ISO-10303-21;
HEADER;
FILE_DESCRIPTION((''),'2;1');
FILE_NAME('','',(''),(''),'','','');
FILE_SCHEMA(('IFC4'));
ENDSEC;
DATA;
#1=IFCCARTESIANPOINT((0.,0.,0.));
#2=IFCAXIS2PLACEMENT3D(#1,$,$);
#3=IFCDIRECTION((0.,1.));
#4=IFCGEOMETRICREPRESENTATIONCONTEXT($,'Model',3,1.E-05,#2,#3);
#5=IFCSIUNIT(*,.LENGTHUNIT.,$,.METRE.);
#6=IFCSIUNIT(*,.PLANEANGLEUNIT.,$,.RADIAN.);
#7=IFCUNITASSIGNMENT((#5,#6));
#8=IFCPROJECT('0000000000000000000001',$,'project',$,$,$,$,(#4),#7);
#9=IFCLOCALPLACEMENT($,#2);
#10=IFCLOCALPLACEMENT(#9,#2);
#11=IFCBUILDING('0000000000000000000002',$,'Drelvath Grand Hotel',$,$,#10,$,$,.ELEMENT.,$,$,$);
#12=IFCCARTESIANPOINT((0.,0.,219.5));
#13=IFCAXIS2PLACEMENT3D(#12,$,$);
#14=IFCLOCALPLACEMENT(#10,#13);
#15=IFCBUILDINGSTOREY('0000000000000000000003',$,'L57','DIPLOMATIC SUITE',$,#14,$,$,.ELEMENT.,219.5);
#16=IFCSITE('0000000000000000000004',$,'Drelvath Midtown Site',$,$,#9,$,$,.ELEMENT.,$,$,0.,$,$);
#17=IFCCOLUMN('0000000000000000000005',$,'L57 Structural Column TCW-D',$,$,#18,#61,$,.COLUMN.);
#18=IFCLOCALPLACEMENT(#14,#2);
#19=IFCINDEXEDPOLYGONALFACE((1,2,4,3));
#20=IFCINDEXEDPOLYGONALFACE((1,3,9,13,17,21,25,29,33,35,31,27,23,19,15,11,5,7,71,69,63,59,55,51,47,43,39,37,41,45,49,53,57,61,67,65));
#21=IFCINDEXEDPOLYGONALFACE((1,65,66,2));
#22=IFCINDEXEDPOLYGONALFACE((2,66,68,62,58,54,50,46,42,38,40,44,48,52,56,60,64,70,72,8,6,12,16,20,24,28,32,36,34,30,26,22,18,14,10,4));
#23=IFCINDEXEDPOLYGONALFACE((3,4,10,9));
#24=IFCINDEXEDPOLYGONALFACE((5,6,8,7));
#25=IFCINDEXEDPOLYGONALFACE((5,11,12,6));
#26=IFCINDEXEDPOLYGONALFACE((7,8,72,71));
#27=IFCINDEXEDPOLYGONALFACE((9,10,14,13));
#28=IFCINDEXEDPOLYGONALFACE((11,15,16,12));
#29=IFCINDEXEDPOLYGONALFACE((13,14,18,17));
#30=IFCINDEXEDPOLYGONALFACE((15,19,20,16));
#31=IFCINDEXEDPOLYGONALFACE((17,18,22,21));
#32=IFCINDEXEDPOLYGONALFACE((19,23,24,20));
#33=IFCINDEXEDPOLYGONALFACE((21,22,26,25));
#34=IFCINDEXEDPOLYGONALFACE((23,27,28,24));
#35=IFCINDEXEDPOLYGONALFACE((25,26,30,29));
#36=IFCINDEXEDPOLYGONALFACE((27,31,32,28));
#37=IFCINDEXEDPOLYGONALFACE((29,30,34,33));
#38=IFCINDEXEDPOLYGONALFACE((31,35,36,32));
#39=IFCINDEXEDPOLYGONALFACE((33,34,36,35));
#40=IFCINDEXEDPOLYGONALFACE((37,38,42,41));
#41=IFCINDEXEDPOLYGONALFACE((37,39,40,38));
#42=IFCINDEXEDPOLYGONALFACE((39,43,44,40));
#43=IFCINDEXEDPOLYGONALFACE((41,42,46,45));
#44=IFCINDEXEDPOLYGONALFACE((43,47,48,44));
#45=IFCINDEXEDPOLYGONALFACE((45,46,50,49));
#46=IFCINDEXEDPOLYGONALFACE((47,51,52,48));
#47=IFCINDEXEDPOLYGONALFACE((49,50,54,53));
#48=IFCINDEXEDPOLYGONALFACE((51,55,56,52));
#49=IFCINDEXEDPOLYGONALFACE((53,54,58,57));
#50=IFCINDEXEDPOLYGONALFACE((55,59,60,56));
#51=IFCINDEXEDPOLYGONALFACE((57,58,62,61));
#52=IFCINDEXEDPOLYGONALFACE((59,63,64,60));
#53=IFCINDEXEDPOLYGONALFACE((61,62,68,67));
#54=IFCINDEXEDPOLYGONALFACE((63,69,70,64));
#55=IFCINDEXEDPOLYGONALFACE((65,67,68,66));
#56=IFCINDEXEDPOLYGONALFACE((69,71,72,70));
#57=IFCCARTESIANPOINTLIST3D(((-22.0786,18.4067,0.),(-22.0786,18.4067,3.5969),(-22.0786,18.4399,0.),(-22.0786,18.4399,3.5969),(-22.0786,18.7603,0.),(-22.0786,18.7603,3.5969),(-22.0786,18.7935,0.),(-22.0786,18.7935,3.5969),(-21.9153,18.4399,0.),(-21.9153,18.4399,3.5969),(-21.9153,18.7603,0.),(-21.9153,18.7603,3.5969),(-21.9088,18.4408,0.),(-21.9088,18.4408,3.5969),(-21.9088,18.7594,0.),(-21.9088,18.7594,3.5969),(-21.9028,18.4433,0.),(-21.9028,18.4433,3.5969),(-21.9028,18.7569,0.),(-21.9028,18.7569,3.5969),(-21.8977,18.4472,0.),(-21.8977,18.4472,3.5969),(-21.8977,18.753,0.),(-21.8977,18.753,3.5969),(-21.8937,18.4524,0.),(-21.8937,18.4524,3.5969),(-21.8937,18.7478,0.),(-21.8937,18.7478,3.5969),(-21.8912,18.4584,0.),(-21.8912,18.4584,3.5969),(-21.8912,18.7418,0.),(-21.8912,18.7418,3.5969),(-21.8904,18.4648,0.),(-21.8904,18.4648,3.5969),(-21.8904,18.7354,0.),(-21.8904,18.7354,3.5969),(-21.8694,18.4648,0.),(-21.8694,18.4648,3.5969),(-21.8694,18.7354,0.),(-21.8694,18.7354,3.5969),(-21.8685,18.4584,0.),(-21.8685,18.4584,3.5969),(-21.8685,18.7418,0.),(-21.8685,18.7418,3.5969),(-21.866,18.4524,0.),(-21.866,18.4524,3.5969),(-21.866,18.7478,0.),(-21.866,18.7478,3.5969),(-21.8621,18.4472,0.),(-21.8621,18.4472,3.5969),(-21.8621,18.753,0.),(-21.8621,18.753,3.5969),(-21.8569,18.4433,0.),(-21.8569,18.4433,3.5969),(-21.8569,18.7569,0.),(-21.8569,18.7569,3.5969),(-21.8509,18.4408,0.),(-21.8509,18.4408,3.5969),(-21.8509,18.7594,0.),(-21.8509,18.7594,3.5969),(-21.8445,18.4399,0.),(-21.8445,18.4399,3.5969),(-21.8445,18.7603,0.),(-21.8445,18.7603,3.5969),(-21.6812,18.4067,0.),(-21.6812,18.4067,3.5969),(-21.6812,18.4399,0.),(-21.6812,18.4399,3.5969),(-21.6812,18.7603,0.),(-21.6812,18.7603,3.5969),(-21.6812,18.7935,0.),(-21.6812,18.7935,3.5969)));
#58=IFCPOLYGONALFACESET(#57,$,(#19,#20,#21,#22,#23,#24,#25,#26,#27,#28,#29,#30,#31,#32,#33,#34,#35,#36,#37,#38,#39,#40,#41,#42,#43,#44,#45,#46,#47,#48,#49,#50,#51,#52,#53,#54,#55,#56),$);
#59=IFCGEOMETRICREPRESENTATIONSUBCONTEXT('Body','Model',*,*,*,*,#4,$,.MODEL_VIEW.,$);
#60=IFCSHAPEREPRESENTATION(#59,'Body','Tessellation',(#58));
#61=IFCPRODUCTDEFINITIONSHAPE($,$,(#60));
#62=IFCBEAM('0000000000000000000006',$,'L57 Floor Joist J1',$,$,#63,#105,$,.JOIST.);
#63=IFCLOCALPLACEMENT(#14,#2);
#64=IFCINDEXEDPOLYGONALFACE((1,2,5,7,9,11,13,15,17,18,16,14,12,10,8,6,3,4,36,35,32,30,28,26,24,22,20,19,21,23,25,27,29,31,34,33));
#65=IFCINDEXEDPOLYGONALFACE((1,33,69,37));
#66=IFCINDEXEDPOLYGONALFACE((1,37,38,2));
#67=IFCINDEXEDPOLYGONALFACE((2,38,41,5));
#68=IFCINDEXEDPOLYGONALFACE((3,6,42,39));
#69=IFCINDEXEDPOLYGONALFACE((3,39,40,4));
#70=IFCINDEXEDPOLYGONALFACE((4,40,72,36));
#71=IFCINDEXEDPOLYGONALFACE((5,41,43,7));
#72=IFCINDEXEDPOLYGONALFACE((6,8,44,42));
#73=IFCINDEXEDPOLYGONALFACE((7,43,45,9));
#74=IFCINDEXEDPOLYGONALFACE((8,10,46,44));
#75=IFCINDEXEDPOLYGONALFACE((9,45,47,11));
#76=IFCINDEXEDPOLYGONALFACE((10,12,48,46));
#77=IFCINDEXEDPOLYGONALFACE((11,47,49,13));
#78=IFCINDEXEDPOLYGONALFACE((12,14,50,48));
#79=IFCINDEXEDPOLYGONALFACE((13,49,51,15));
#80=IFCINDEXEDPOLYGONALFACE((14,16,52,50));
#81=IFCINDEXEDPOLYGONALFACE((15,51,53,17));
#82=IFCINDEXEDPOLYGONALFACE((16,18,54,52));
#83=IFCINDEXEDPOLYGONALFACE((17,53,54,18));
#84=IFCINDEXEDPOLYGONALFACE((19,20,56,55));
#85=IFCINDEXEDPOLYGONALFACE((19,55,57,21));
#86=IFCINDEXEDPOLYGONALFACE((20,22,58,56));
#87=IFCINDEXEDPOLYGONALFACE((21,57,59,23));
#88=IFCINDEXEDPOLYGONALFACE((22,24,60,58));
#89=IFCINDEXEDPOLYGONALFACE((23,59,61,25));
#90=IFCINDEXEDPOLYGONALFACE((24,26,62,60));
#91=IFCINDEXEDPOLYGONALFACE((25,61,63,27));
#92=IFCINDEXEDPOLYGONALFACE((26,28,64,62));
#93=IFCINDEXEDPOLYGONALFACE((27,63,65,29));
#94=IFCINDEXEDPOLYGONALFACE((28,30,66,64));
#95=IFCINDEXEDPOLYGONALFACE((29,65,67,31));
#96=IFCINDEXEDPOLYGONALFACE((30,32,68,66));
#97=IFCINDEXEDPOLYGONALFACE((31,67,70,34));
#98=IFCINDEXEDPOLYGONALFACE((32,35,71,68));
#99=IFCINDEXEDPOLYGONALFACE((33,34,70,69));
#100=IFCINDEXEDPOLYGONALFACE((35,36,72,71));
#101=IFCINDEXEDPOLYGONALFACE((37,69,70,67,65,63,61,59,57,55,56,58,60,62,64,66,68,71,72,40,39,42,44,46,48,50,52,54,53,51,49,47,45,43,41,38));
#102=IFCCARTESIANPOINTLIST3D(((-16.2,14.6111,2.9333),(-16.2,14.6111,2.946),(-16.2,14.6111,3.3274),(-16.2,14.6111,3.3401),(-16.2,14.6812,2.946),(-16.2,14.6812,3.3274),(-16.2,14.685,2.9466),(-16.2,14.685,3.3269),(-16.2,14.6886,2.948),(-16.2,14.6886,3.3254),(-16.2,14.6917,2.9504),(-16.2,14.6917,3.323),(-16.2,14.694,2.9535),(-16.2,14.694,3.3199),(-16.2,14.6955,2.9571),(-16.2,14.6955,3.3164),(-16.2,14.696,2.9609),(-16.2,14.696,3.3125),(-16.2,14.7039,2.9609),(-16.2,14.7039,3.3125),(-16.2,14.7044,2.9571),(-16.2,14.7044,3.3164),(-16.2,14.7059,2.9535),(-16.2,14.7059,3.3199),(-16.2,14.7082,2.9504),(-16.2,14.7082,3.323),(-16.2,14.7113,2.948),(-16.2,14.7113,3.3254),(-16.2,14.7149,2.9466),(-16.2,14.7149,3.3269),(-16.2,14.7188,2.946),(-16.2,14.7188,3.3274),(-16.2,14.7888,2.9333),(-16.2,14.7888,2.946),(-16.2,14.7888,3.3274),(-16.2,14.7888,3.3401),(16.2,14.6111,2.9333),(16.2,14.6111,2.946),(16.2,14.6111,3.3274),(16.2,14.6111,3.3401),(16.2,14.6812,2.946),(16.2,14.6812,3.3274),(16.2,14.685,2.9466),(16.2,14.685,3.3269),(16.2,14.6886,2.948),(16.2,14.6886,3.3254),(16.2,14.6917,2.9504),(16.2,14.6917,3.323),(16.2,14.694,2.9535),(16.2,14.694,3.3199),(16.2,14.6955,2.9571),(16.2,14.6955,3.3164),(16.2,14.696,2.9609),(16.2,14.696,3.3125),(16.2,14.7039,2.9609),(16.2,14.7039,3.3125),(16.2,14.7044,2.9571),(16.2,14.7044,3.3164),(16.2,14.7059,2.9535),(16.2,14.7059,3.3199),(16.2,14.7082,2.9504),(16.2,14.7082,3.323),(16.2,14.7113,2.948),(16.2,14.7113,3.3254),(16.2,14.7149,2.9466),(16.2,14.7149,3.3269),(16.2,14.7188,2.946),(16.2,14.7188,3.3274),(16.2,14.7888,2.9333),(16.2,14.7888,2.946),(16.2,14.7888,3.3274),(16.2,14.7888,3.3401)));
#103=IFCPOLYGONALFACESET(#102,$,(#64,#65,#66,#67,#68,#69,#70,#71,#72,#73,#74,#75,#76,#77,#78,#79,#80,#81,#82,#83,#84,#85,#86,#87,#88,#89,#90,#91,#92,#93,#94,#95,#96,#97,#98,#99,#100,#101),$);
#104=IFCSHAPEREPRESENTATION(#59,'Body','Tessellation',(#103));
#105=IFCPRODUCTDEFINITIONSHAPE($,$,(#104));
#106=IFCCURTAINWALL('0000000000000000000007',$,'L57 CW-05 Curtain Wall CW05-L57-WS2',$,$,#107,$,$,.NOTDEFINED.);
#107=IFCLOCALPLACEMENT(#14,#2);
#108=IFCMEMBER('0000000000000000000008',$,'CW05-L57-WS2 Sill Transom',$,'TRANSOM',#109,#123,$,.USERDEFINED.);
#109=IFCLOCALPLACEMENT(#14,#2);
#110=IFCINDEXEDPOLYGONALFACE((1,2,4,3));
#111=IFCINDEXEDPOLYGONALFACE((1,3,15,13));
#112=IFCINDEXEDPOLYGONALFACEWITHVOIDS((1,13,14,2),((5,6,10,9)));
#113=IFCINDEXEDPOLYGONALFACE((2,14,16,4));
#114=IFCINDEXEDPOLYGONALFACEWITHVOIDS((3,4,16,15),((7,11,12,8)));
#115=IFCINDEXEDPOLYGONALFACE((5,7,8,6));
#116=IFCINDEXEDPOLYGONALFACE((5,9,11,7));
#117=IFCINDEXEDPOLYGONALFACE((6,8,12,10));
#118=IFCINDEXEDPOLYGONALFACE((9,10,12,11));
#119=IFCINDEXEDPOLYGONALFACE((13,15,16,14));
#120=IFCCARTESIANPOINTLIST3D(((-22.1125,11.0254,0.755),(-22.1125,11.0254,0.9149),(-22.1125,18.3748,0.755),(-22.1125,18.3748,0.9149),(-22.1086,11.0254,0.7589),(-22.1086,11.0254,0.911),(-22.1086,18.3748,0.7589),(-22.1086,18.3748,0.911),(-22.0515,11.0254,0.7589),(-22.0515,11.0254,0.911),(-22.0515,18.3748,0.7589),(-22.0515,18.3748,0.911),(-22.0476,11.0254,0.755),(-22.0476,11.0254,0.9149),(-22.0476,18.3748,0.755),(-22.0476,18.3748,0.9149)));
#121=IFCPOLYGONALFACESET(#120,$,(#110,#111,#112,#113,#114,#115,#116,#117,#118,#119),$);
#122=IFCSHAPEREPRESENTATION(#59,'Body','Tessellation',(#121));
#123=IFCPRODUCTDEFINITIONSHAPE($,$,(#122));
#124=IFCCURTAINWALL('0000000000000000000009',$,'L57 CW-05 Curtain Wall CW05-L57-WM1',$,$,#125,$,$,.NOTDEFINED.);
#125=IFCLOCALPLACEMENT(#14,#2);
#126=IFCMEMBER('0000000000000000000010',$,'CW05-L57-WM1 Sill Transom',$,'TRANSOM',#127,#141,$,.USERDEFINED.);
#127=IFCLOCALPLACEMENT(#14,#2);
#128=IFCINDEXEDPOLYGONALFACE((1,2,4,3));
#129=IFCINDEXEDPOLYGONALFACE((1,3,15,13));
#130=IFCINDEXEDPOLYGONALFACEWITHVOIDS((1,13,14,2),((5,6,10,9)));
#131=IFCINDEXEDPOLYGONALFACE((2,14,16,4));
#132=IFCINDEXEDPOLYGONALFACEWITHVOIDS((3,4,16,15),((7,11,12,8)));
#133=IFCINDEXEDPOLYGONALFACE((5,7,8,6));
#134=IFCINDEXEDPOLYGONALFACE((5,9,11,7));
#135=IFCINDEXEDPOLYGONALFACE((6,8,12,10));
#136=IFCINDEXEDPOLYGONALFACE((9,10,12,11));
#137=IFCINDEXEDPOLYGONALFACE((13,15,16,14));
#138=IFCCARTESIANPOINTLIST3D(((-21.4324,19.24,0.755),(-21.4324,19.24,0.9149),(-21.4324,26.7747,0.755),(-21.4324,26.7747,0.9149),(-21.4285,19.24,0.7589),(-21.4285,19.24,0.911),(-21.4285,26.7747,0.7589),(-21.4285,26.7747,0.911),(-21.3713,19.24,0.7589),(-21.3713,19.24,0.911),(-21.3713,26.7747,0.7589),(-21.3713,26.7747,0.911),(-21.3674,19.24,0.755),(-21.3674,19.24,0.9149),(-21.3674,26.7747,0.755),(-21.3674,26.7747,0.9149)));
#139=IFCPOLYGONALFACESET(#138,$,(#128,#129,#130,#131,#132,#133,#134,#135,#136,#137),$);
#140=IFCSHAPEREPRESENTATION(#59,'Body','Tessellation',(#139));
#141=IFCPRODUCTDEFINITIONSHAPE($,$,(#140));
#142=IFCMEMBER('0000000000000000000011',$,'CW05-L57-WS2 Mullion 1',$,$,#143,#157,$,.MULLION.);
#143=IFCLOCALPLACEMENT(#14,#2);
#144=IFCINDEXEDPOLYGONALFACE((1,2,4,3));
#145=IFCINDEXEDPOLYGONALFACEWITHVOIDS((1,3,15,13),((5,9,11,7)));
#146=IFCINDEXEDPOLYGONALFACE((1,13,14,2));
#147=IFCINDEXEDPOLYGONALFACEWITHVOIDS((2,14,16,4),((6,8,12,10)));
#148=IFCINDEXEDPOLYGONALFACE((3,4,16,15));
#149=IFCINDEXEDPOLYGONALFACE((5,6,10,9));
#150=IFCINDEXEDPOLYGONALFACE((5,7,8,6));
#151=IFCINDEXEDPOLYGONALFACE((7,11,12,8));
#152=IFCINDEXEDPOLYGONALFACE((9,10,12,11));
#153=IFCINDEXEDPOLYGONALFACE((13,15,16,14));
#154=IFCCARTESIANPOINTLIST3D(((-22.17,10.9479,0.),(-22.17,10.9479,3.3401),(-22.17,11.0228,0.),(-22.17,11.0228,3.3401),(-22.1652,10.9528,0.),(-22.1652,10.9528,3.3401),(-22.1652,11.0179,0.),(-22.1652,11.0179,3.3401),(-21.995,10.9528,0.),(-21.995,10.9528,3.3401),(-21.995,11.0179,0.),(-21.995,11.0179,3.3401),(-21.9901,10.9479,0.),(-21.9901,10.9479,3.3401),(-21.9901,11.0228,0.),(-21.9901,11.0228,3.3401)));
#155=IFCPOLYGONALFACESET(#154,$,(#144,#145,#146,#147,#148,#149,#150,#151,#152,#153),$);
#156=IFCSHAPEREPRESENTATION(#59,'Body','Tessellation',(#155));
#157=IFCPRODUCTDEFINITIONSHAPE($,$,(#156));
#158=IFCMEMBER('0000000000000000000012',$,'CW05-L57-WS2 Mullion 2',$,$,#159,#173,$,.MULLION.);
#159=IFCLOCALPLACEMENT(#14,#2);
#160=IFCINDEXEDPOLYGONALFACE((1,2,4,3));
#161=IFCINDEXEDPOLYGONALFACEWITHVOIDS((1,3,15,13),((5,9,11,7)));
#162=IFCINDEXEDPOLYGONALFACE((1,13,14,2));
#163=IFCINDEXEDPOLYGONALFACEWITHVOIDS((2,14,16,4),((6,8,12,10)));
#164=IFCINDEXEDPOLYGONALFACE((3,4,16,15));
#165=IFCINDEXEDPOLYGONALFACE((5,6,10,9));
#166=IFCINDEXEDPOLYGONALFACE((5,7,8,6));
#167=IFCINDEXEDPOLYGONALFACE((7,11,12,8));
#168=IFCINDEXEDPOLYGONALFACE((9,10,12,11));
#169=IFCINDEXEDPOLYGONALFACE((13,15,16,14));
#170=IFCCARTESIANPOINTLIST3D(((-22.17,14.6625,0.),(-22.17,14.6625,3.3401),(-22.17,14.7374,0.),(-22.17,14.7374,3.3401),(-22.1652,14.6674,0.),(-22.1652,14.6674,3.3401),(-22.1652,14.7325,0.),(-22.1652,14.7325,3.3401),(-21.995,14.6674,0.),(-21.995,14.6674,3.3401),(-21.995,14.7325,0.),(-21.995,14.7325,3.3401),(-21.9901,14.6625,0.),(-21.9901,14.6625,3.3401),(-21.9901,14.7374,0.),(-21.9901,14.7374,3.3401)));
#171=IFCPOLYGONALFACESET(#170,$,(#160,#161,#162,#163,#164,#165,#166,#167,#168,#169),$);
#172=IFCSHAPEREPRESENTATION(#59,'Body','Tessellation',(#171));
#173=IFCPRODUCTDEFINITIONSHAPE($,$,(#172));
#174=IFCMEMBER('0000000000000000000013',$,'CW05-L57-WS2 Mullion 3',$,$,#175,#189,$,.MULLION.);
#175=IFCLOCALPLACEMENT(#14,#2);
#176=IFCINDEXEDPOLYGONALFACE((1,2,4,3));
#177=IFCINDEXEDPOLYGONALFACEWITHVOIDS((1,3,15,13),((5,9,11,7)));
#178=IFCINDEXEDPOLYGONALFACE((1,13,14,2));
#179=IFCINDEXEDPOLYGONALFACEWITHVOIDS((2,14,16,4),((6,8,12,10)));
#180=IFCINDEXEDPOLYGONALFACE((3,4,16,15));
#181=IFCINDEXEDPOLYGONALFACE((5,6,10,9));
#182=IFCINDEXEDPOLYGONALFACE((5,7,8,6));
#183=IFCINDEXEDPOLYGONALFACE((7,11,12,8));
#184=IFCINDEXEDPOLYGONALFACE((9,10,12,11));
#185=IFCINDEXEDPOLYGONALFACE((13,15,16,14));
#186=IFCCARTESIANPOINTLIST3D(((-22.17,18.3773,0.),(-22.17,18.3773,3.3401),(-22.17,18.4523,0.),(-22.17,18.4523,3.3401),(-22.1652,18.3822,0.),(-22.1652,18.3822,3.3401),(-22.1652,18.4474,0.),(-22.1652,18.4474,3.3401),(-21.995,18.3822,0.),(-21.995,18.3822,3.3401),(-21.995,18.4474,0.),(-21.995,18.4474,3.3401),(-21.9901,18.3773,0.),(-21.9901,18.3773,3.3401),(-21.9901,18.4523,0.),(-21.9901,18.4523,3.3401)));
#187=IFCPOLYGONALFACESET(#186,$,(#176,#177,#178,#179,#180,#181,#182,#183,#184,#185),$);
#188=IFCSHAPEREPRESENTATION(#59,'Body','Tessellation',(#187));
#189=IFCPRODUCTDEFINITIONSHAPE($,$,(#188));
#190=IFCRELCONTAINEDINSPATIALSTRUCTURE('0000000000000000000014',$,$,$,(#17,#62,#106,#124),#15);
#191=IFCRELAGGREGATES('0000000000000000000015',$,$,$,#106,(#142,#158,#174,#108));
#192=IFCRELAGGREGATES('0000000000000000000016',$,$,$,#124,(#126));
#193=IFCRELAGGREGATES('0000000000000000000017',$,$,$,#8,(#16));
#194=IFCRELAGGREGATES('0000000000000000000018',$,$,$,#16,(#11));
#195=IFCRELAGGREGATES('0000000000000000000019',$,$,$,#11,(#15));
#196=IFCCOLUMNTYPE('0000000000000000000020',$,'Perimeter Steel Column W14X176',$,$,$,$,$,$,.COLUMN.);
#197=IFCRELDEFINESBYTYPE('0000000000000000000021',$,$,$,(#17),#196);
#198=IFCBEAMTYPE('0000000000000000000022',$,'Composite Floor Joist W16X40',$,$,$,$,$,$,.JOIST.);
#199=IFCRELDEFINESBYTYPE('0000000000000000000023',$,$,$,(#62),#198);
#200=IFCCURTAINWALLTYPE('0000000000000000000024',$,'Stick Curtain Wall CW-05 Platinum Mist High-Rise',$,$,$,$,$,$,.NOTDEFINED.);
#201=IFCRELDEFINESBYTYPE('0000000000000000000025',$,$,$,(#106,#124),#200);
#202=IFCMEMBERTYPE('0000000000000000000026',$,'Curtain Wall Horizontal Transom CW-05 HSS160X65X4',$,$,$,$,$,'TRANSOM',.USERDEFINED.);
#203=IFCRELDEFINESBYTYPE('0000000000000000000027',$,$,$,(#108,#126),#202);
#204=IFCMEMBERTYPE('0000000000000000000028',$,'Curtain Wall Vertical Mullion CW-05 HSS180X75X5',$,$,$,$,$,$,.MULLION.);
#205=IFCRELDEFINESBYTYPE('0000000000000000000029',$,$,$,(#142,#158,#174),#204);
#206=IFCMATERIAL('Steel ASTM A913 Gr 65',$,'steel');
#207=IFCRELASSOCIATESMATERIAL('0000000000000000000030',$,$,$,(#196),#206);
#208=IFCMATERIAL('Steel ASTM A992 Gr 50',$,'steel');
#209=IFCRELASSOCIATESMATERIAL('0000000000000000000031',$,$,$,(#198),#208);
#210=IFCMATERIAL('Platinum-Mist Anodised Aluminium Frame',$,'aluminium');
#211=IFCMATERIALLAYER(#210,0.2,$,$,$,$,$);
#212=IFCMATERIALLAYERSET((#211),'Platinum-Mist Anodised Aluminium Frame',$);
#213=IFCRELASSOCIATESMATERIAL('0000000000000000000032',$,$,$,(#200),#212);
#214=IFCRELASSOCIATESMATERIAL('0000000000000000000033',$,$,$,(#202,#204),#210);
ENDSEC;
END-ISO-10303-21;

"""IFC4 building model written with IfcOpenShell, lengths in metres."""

from ifc_helpers import new_model, si_unit, direction, frame, origin, origin_2d, place, context, subcontext, project, spatial, hollow_rectangle, i_section, extrude, material, layer, layer_set, material_profile, profile_set, type_object, element, aggregate, save


model = new_model("IFC4")

# Units and contexts
model_context = context("Model", 3, precision=1e-05, world=origin(), true_north=direction((0.0, 1.0)))
body_context = subcontext(model_context, "Body", "Model", "MODEL_VIEW")
ifc_project = project(units=[si_unit("LENGTHUNIT", "METRE"), si_unit("PLANEANGLEUNIT", "RADIAN")], contexts=[model_context])

# Site, building, storey
site_placement = place(None, origin())
site = spatial("IfcSite", under=ifc_project, at=site_placement, Name="Drelvath Midtown Site", CompositionType="ELEMENT", RefElevation=0.0)
building_placement = place(site_placement, origin())
building = spatial("IfcBuilding", under=site, at=building_placement, Name="Drelvath Grand Hotel", CompositionType="ELEMENT")
storey_placement = place(building_placement, frame((0.0, 0.0, 219.5)))
storey = spatial("IfcBuildingStorey", under=building, at=storey_placement, Name="L57", Description="DIPLOMATIC SUITE", CompositionType="ELEMENT", Elevation=219.5)

# Column
ifc_material_1 = material(Name="Steel ASTM A913 Gr 65", Category="steel")
ifc_material_profile_1 = material_profile(ifc_material_1, i_section(OverallWidth=0.3975, OverallDepth=0.3867, WebThickness=0.021, FlangeThickness=0.0332, FilletRadius=0.0249, at=origin_2d()), Name="W14X176")
ifc_profile_set_1 = profile_set([ifc_material_profile_1], Name="Steel ASTM A913 Gr 65")
column_type = type_object("IfcColumnType", Name="Perimeter Steel Column W14X176", PredefinedType="COLUMN", material=ifc_profile_set_1)
column_placement = place(storey_placement, frame((-21.8799, 18.6001, 0.0), z_axis=(0.0, 0.0, 1.0), x_axis=(1.0, 0.0, 0.0)))
element("IfcColumn", 1, at=column_placement, inside=storey, type_object=column_type, Name="L57 Structural Column TCW-D", PredefinedType="COLUMN", context=body_context, shape_type="SweptSolid", body=[
    extrude(i_section(OverallWidth=0.3975, OverallDepth=0.3867, WebThickness=0.021, FlangeThickness=0.0332, FilletRadius=0.0249, at=origin_2d()), origin(), (0.0, 0.0, 1.0), 3.5969),
])

# Beam
ifc_material_2 = material(Name="Steel ASTM A992 Gr 50", Category="steel")
ifc_material_profile_2 = material_profile(ifc_material_2, i_section(OverallWidth=0.1777, OverallDepth=0.4067, WebThickness=0.0078, FlangeThickness=0.0127, FilletRadius=0.0149, at=origin_2d()), Name="W16X40")
ifc_profile_set_2 = profile_set([ifc_material_profile_2], Name="Steel ASTM A992 Gr 50")
beam_type_1 = type_object("IfcBeamType", Name="Composite Floor Joist W16X40", PredefinedType="JOIST", material=ifc_profile_set_2)
beam_1_placement = place(storey_placement, frame((-16.2, 14.7, 3.1367), z_axis=(1.0, 0.0, 0.0), x_axis=(0.0, 1.0, 0.0)))
element("IfcBeam", 2, at=beam_1_placement, inside=storey, type_object=beam_type_1, Name="L57 Floor Joist J1", PredefinedType="JOIST", context=body_context, shape_type="SweptSolid", body=[
    extrude(i_section(OverallWidth=0.1777, OverallDepth=0.4067, WebThickness=0.0078, FlangeThickness=0.0127, FilletRadius=0.0149, at=origin_2d()), origin(), (0.0, 0.0, 1.0), 32.3999),
])

# Curtain walls, members
ifc_material_3 = material(Name="Platinum-Mist Anodised Aluminium Frame", Category="aluminium")
ifc_layer_1 = layer(ifc_material_3, 0.2)
ifc_layer_set_1 = layer_set([ifc_layer_1], Name="Platinum-Mist Anodised Aluminium Frame")
curtain_wall_type = type_object("IfcCurtainWallType", Name="Stick Curtain Wall CW-05 Platinum Mist High-Rise", PredefinedType="NOTDEFINED", material=ifc_layer_set_1)
curtain_wall_1_placement = place(storey_placement, origin())
curtain_wall_1 = element("IfcCurtainWall", 3, at=curtain_wall_1_placement, inside=storey, type_object=curtain_wall_type, Name="L57 CW-05 Curtain Wall CW05-L57-WS2", PredefinedType="NOTDEFINED")
ifc_material_profile_3 = material_profile(ifc_material_3, hollow_rectangle(XDim=0.0649, YDim=0.1599, WallThickness=0.0039, at=origin_2d()), Name="HSS160X65X4")
ifc_profile_set_3 = profile_set([ifc_material_profile_3], Name="Platinum-Mist Anodised Aluminium Frame")
member_type_1 = type_object("IfcMemberType", Name="Curtain Wall Horizontal Transom CW-05 HSS160X65X4", ElementType="TRANSOM", PredefinedType="USERDEFINED", material=ifc_profile_set_3)
member_1_placement = place(storey_placement, frame((-22.0801, 11.0254, 0.835), z_axis=(0.0, 1.0, 0.0), x_axis=(-1.0, 0.0, 0.0)))
member_1 = element("IfcMember", 4, at=member_1_placement, type_object=member_type_1, Name="CW05-L57-WS2 Sill Transom", ObjectType="TRANSOM", PredefinedType="USERDEFINED", context=body_context, shape_type="SweptSolid", body=[
    extrude(hollow_rectangle(XDim=0.0649, YDim=0.1599, WallThickness=0.0039, at=origin_2d()), origin(), (0.0, 0.0, 1.0), 7.3494),
])
curtain_wall_2_placement = place(storey_placement, origin())
curtain_wall_2 = element("IfcCurtainWall", 5, at=curtain_wall_2_placement, inside=storey, type_object=curtain_wall_type, Name="L57 CW-05 Curtain Wall CW05-L57-WM1", PredefinedType="NOTDEFINED")
member_2_placement = place(storey_placement, frame((-21.3999, 19.24, 0.835), z_axis=(0.0, 1.0, 0.0), x_axis=(-1.0, 0.0, 0.0)))
member_2 = element("IfcMember", 6, at=member_2_placement, type_object=member_type_1, Name="CW05-L57-WM1 Sill Transom", ObjectType="TRANSOM", PredefinedType="USERDEFINED", context=body_context, shape_type="SweptSolid", body=[
    extrude(hollow_rectangle(XDim=0.0649, YDim=0.1599, WallThickness=0.0039, at=origin_2d()), origin(), (0.0, 0.0, 1.0), 7.5347),
])

# Members
ifc_material_profile_4 = material_profile(ifc_material_3, hollow_rectangle(XDim=0.075, YDim=0.1799, WallThickness=0.0049, at=origin_2d()), Name="HSS180X75X5")
ifc_profile_set_4 = profile_set([ifc_material_profile_4], Name="Platinum-Mist Anodised Aluminium Frame")
member_type_2 = type_object("IfcMemberType", Name="Curtain Wall Vertical Mullion CW-05 HSS180X75X5", PredefinedType="MULLION", material=ifc_profile_set_4)
member_3_placement = place(storey_placement, frame((-22.0801, 10.9854, 0.0), z_axis=(0.0, 0.0, 1.0), x_axis=(0.0, 1.0, 0.0)))
member_3 = element("IfcMember", 7, at=member_3_placement, type_object=member_type_2, Name="CW05-L57-WS2 Mullion 1", PredefinedType="MULLION", context=body_context, shape_type="SweptSolid", body=[
    extrude(hollow_rectangle(XDim=0.075, YDim=0.1799, WallThickness=0.0049, at=origin_2d()), origin(), (0.0, 0.0, 1.0), 3.3401),
])
member_4_placement = place(storey_placement, frame((-22.0801, 14.7, 0.0), z_axis=(0.0, 0.0, 1.0), x_axis=(0.0, 1.0, 0.0)))
member_4 = element("IfcMember", 8, at=member_4_placement, type_object=member_type_2, Name="CW05-L57-WS2 Mullion 2", PredefinedType="MULLION", context=body_context, shape_type="SweptSolid", body=[
    extrude(hollow_rectangle(XDim=0.075, YDim=0.1799, WallThickness=0.0049, at=origin_2d()), origin(), (0.0, 0.0, 1.0), 3.3401),
])
member_5_placement = place(storey_placement, frame((-22.0801, 18.4148, 0.0), z_axis=(0.0, 0.0, 1.0), x_axis=(0.0, 1.0, 0.0)))
member_5 = element("IfcMember", 9, at=member_5_placement, type_object=member_type_2, Name="CW05-L57-WS2 Mullion 3", PredefinedType="MULLION", context=body_context, shape_type="SweptSolid", body=[
    extrude(hollow_rectangle(XDim=0.075, YDim=0.1799, WallThickness=0.0049, at=origin_2d()), origin(), (0.0, 0.0, 1.0), 3.3401),
])

aggregate(curtain_wall_1, [member_3, member_4, member_5, member_1])
aggregate(curtain_wall_2, [member_2])

save(model, "model.ifc")
